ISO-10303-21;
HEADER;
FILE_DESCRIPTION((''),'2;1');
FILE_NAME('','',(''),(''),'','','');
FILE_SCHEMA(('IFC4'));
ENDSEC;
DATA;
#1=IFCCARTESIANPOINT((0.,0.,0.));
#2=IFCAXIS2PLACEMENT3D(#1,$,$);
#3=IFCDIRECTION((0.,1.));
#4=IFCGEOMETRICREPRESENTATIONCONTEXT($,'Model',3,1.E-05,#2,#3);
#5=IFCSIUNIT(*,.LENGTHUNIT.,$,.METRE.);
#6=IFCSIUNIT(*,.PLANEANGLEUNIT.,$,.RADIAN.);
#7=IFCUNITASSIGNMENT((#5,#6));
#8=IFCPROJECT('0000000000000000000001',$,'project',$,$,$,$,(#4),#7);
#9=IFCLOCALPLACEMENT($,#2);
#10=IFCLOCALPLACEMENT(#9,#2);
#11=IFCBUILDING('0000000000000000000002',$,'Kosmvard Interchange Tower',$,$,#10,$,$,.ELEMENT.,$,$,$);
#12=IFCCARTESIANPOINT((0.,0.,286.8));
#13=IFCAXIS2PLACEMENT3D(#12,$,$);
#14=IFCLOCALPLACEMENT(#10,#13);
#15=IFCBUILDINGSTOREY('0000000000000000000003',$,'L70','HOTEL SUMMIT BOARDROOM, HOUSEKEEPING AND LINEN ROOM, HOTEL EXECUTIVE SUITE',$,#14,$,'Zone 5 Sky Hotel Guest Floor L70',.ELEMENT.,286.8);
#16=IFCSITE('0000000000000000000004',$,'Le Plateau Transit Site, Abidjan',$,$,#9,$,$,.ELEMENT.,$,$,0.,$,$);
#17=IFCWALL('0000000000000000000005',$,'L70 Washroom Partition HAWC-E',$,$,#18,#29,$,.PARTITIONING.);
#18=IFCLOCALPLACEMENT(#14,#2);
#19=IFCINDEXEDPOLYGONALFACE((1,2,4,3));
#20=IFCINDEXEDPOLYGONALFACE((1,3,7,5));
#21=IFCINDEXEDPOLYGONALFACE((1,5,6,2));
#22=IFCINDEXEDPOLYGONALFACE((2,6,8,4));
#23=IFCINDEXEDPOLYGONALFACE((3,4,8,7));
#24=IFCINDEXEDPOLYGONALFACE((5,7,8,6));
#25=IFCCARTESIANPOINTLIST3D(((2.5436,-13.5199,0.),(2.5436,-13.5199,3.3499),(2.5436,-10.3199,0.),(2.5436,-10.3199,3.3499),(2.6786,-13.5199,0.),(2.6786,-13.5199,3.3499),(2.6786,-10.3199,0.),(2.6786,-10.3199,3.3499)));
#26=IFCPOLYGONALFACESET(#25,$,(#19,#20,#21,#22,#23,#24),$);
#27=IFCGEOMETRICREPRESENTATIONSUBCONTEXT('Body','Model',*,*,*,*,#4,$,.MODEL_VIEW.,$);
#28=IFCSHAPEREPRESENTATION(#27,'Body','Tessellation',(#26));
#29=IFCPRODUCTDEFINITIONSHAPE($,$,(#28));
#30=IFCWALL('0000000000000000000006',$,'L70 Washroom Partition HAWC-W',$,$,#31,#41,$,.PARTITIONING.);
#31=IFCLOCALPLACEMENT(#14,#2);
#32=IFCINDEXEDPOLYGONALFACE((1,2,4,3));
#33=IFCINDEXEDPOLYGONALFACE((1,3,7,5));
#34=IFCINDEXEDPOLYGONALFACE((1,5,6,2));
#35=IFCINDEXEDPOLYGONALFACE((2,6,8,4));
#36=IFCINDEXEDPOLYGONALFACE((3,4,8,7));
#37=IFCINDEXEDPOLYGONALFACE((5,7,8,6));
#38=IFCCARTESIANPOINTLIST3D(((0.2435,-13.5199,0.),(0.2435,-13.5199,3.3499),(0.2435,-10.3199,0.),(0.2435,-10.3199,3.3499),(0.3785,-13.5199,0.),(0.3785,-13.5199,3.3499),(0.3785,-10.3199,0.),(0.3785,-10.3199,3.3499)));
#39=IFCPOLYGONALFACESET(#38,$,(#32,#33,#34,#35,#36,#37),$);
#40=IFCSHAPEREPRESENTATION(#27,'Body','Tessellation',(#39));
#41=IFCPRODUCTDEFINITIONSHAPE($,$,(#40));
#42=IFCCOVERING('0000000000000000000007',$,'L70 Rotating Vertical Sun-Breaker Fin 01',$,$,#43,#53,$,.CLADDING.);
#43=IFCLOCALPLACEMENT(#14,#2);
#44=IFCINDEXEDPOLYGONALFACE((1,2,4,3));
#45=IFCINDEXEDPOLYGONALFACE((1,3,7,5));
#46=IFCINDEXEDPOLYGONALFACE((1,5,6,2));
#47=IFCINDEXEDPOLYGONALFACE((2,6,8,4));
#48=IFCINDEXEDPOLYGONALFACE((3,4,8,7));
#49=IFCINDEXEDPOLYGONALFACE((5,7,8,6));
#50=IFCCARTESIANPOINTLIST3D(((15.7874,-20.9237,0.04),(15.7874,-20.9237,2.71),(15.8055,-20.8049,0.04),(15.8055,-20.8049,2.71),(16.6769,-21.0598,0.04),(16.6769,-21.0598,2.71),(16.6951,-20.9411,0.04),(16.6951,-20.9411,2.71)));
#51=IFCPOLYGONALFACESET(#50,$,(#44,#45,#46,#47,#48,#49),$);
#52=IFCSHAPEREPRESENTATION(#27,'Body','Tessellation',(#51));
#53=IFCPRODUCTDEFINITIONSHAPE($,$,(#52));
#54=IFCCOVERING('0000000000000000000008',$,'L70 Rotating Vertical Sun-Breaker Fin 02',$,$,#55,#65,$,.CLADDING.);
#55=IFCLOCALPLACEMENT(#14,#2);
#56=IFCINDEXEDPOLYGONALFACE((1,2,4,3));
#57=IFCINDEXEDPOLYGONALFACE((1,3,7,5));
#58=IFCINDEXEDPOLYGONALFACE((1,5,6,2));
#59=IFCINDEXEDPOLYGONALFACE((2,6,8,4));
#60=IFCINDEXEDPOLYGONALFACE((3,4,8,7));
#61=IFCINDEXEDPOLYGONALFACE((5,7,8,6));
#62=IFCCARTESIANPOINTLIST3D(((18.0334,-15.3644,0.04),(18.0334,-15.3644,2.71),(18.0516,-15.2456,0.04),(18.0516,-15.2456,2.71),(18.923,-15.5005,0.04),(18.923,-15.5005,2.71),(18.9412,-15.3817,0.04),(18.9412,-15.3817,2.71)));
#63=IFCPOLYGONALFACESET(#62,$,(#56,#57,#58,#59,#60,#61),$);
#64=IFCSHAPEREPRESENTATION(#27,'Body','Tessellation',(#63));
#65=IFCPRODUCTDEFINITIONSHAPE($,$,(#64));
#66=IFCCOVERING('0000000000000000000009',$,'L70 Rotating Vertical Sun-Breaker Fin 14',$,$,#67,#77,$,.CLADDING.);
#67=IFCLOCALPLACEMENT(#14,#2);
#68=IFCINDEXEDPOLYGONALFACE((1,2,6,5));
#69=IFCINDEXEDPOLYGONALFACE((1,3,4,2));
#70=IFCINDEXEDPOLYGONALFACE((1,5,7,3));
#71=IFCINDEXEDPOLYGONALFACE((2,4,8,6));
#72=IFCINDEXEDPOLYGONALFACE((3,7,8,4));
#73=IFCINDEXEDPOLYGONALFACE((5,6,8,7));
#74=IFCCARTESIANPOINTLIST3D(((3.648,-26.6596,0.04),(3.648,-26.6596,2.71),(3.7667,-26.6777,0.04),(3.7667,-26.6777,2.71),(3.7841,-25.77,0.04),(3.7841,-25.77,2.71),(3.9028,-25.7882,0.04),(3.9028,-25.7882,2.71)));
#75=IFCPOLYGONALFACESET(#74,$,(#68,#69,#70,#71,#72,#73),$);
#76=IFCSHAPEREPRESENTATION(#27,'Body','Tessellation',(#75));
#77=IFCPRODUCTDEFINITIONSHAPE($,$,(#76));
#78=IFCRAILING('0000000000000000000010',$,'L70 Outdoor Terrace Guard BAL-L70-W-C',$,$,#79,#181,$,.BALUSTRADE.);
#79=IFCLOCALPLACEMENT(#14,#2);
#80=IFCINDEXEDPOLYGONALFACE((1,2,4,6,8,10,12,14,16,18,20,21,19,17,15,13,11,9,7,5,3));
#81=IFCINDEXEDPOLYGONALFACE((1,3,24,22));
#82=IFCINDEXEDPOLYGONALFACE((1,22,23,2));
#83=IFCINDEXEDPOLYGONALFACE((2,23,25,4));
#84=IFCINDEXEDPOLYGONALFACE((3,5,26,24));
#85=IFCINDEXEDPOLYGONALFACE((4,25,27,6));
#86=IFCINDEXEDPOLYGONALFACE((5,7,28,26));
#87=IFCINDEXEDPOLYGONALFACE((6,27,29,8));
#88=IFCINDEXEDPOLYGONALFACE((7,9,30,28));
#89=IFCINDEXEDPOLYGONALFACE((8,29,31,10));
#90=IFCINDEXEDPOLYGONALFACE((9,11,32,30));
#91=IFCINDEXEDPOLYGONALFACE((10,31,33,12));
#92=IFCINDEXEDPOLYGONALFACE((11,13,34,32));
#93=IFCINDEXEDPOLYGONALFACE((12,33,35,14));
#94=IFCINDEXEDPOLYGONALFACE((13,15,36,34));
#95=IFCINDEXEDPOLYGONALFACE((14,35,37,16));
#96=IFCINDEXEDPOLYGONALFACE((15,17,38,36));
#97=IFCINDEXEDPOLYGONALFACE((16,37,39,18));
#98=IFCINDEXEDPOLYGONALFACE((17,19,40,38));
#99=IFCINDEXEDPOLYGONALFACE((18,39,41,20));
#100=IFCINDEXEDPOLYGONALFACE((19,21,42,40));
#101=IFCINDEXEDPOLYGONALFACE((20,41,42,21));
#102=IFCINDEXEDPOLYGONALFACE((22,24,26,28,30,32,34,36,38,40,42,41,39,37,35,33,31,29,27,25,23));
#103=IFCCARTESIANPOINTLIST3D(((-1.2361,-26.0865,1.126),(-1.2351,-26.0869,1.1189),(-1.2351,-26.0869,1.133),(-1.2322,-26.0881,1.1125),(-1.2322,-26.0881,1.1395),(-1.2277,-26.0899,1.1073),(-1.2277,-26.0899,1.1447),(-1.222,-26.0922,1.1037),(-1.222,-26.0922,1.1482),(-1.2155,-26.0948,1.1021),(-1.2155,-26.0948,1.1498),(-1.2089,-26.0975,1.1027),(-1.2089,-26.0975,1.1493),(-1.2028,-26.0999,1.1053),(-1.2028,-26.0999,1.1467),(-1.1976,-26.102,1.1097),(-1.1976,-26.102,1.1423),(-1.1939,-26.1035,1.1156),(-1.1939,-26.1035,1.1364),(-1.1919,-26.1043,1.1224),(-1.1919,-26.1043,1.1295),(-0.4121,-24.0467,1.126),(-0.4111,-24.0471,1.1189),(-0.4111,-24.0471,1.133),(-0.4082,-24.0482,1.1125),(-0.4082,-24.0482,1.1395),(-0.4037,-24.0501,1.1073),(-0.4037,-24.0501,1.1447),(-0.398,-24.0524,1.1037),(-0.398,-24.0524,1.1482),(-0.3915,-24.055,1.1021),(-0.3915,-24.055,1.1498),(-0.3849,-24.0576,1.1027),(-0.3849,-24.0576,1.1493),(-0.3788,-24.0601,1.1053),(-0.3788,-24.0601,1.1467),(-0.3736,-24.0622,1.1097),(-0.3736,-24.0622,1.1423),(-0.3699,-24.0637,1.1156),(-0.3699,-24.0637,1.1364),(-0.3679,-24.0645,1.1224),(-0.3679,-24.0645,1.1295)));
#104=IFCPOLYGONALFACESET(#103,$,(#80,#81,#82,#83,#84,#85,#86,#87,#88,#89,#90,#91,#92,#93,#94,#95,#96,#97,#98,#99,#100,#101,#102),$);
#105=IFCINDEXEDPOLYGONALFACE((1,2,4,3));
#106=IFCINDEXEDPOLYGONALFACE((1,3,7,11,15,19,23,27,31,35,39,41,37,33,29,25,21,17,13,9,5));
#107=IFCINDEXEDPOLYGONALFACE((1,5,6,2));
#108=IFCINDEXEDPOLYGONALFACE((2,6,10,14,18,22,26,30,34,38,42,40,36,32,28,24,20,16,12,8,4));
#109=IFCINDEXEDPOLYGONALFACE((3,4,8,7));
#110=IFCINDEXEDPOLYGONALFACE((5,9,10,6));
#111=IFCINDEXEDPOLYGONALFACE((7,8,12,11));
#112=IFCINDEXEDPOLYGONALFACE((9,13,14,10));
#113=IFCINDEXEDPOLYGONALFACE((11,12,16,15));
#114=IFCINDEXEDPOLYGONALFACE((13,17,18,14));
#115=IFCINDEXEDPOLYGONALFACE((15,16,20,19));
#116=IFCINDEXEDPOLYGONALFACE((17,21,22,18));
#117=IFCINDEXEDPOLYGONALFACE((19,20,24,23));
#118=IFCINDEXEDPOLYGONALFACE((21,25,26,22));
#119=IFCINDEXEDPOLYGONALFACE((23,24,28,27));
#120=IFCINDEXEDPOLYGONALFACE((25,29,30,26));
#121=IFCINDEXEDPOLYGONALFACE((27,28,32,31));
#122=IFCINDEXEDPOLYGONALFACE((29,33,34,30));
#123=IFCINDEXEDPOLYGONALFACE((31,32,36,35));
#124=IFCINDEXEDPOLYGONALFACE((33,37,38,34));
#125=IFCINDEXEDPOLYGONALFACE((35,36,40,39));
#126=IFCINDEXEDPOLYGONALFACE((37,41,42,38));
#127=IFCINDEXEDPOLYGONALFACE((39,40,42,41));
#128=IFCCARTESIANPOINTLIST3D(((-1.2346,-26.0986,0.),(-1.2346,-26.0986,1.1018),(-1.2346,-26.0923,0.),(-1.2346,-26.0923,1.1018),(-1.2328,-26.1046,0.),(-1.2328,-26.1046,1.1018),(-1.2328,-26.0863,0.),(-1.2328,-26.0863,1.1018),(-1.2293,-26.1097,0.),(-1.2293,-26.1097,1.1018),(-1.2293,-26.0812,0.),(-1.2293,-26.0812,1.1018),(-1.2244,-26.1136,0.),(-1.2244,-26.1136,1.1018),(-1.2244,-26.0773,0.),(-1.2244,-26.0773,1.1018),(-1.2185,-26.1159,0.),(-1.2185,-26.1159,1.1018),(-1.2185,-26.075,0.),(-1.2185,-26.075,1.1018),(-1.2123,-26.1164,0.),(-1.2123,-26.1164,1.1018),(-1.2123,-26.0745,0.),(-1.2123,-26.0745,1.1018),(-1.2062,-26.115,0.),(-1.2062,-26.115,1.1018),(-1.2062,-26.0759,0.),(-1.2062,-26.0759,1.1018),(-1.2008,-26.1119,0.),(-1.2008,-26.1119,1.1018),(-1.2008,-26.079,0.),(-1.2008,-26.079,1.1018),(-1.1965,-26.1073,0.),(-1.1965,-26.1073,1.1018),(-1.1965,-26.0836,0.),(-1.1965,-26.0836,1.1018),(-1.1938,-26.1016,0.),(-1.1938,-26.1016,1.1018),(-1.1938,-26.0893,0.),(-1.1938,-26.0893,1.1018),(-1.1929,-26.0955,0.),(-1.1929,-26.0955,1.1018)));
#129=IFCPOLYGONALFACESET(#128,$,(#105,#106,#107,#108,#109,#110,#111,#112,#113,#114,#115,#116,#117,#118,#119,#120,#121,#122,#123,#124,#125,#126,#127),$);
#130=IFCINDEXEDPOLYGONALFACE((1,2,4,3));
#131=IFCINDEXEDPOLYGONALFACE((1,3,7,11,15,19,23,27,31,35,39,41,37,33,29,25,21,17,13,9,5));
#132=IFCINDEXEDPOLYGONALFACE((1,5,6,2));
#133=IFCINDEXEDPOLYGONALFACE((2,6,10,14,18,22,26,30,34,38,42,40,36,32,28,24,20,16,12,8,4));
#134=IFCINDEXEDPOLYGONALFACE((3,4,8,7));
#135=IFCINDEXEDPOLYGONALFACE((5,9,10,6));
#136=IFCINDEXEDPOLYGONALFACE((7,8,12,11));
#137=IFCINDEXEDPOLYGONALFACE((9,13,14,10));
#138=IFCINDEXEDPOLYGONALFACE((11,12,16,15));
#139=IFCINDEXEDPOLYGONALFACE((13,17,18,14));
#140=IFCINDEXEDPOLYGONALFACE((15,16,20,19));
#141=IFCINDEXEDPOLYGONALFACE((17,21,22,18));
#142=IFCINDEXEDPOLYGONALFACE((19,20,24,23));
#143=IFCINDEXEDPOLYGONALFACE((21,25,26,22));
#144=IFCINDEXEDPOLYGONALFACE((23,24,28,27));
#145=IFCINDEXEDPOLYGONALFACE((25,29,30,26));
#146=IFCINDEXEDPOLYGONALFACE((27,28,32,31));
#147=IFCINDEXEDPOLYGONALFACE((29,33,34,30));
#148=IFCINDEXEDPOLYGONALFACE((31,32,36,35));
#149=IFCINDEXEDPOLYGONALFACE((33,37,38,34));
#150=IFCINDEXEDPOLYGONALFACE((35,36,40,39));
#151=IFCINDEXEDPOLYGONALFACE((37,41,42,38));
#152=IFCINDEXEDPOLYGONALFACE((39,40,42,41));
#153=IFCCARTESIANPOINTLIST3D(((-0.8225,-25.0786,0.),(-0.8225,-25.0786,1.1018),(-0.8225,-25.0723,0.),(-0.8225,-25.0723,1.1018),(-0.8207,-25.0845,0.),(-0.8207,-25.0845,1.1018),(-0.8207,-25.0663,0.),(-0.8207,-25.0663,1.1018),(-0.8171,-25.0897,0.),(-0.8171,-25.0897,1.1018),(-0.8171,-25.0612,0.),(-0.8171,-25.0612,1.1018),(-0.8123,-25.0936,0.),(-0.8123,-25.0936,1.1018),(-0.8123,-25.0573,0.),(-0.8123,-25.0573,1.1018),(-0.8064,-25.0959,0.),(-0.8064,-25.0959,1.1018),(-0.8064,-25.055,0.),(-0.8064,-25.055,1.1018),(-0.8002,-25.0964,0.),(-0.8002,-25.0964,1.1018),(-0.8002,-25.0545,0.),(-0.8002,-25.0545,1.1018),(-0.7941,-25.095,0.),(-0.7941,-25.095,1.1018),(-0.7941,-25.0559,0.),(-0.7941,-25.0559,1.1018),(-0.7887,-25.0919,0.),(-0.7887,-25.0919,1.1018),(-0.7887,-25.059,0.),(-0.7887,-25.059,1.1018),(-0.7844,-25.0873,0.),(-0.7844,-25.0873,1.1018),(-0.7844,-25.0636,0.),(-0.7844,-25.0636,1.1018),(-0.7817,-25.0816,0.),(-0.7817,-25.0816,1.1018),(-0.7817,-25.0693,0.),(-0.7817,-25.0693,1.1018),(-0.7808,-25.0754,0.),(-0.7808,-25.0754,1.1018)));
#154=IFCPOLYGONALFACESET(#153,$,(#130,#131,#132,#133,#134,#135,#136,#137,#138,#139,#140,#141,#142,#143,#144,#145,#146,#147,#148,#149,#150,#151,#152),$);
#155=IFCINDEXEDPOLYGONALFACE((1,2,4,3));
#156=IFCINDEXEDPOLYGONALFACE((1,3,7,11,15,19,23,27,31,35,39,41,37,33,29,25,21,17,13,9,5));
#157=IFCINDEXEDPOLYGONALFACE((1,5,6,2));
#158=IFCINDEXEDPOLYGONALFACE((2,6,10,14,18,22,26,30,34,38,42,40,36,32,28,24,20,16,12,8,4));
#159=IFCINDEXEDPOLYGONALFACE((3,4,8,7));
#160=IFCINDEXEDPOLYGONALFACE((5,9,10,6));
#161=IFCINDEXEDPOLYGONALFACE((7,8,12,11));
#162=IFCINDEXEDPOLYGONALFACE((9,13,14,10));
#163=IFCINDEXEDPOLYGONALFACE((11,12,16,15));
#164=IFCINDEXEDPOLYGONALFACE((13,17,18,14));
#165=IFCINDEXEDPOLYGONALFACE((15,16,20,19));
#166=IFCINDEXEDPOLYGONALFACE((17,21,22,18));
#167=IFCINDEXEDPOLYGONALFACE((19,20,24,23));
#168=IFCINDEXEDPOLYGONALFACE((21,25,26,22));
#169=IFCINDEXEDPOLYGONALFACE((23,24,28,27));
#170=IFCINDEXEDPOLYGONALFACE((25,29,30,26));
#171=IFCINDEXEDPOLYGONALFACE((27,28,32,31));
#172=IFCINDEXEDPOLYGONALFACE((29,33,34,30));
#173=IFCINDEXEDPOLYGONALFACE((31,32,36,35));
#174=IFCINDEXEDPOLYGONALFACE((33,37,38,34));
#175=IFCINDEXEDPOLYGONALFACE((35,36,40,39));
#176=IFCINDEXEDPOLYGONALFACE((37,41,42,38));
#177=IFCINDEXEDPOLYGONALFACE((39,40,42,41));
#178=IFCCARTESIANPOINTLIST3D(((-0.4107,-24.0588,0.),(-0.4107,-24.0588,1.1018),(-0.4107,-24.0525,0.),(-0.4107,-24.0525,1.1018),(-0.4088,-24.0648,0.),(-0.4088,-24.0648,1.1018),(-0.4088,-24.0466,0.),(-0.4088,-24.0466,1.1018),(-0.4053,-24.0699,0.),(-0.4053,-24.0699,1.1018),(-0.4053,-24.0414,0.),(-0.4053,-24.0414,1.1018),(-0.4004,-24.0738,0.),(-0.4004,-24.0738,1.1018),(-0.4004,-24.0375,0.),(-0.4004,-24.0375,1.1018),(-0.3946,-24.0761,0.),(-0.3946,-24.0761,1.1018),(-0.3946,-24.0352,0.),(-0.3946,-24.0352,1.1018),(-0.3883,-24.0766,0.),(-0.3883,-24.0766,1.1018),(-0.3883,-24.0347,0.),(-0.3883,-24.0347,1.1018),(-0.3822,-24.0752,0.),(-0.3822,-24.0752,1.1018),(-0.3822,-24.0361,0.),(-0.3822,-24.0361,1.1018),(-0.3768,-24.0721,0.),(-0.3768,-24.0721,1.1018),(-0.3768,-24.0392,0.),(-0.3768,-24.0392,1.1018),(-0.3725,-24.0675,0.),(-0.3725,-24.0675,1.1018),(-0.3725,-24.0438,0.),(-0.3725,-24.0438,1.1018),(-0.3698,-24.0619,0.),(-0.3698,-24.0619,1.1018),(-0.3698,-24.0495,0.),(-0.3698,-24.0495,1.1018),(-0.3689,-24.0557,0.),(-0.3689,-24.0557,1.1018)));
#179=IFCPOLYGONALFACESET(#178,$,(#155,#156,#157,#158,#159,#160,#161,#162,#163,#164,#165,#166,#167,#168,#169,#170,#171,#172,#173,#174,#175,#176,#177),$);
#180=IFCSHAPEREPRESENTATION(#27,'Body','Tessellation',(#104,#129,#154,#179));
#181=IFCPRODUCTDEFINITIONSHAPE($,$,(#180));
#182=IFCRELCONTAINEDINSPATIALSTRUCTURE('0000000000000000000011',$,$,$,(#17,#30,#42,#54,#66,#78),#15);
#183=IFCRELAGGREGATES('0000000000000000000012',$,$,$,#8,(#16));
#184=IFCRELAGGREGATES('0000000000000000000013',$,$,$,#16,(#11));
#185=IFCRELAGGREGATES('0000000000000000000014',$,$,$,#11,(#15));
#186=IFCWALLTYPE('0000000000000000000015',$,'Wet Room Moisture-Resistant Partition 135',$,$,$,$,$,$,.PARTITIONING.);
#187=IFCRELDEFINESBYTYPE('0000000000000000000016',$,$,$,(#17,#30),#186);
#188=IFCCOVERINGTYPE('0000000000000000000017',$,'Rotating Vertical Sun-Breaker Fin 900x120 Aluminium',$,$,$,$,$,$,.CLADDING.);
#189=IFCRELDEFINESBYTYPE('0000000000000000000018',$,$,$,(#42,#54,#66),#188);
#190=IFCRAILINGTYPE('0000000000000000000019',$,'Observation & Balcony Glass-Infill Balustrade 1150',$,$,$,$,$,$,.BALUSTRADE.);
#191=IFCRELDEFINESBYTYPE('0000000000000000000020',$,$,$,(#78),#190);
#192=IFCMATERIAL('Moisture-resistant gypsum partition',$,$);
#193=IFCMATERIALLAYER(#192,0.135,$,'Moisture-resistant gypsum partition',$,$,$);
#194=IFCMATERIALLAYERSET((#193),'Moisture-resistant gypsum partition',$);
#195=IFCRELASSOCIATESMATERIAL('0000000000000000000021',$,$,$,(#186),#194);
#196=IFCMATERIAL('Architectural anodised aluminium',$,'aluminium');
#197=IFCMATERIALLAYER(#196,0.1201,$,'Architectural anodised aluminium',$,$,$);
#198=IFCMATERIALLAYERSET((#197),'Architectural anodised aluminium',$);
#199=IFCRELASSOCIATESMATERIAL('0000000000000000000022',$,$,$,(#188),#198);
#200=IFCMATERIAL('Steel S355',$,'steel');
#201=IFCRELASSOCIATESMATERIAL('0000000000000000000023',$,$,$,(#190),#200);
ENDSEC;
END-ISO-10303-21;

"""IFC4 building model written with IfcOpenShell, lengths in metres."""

from ifc_helpers import new_model, si_unit, direction, frame, frame_2d, origin, origin_2d, place, context, subcontext, project, spatial, rectangle, circle, extrude, source, transform, mapped, material, layer, layer_set, type_object, element, save


model = new_model("IFC4")

# Units and contexts
model_context = context("Model", 3, precision=1e-05, world=origin(), true_north=direction((0.0, 1.0)))
body_context = subcontext(model_context, "Body", "Model", "MODEL_VIEW")
ifc_project = project(units=[si_unit("LENGTHUNIT", "METRE"), si_unit("PLANEANGLEUNIT", "RADIAN")], contexts=[model_context])

# Site, building, storey
site_placement = place(None, origin())
site = spatial("IfcSite", under=ifc_project, at=site_placement, Name="Le Plateau Transit Site, Abidjan", CompositionType="ELEMENT", RefElevation=0.0)
building_placement = place(site_placement, origin())
building = spatial("IfcBuilding", under=site, at=building_placement, Name="Kosmvard Interchange Tower", CompositionType="ELEMENT")
storey_placement = place(building_placement, frame((0.0, 0.0, 286.8)))
storey = spatial("IfcBuildingStorey", under=building, at=storey_placement, Name="L70", Description="HOTEL SUMMIT BOARDROOM, HOUSEKEEPING AND LINEN ROOM, HOTEL EXECUTIVE SUITE", LongName="Zone 5 Sky Hotel Guest Floor L70", CompositionType="ELEMENT", Elevation=286.8)

# Shared definitions
ifc_material_1 = material(Name="Steel S355", Category="steel")

# Walls
ifc_material_2 = material(Name="Moisture-resistant gypsum partition")
ifc_layer_1 = layer(ifc_material_2, 0.135, Name="Moisture-resistant gypsum partition")
ifc_layer_set_1 = layer_set([ifc_layer_1], Name="Moisture-resistant gypsum partition")
wall_type_1 = type_object("IfcWallType", Name="Wet Room Moisture-Resistant Partition 135", PredefinedType="PARTITIONING", material=ifc_layer_set_1)
for number, where, z_axis, x_axis, name in (
    (1, (2.6111, -13.52, 0.0), (0.0, 0.0, 1.0), (0.0, 1.0, 0.0), "L70 Washroom Partition HAWC-E"),
    (2, (0.311, -13.52, 0.0), (0.0, 0.0, 1.0), (0.0, 1.0, 0.0), "L70 Washroom Partition HAWC-W"),
):
    element("IfcWall", number, at=place(storey_placement, frame(where, z_axis=z_axis, x_axis=x_axis)), inside=storey, type_object=wall_type_1, Name=name, PredefinedType="PARTITIONING", context=body_context, shape_type="SweptSolid", body=[
        extrude(rectangle(XDim=3.2, YDim=0.135, at=frame_2d((1.6001, 0.0))), origin(), (0.0, 0.0, 1.0), 3.3499),
    ])

# Coverings
ifc_material_3 = material(Name="Architectural anodised aluminium", Category="aluminium")
ifc_layer_2 = layer(ifc_material_3, 0.1201, Name="Architectural anodised aluminium")
ifc_layer_set_2 = layer_set([ifc_layer_2], Name="Architectural anodised aluminium")
covering_type = type_object("IfcCoveringType", Name="Rotating Vertical Sun-Breaker Fin 900x120 Aluminium", PredefinedType="CLADDING", material=ifc_layer_set_2)
shared_shape_1 = source(origin(), body_context, "Body", "SweptSolid", [
    extrude(rectangle(XDim=0.8999, YDim=0.1201, at=origin_2d()), origin(), (0.0, 0.0, 1.0), 2.6699),
])
for number, where, z_axis, x_axis, name in (
    (3, (16.2412, -20.9324, 0.04), (0.0, 0.0, 1.0), (0.988494, -0.151261, 0.0), "L70 Rotating Vertical Sun-Breaker Fin 01"),
    (4, (18.4873, -15.373, 0.04), (0.0, 0.0, 1.0), (0.988494, -0.151261, 0.0), "L70 Rotating Vertical Sun-Breaker Fin 02"),
    (5, (3.7754, -26.2239, 0.04), (0.0, 0.0, 1.0), (-0.151261, -0.988494, 0.0), "L70 Rotating Vertical Sun-Breaker Fin 14"),
):
    element("IfcCovering", number, at=place(storey_placement, frame(where, z_axis=z_axis, x_axis=x_axis)), inside=storey, type_object=covering_type, Name=name, PredefinedType="CLADDING", context=body_context, shape_type="MappedRepresentation", body=[
        mapped(shared_shape_1, transform((0.0, 0.0, 0.0), scale=1.0)),
    ])

# Railing
railing_type = type_object("IfcRailingType", Name="Observation & Balcony Glass-Infill Balustrade 1150", PredefinedType="BALUSTRADE", material=ifc_material_1)
shared_shape_2 = source(origin(), body_context, "Body", "SweptSolid", [
    extrude(circle(Radius=0.0239, at=origin_2d()), frame((0.0, 0.0, 1.126), z_axis=(0.374546, 0.927208, 0.0), x_axis=(-0.927208, 0.374546, 0.0)), (0.0, 0.0, 1.0), 2.2),
    extrude(circle(Radius=0.021, at=origin_2d()), origin(), (0.0, 0.0, 1.0), 1.1018),
    extrude(circle(Radius=0.021, at=origin_2d()), frame((0.4121, 1.02, 0.0)), (0.0, 0.0, 1.0), 1.1018),
    extrude(circle(Radius=0.021, at=origin_2d()), frame((0.824, 2.0398, 0.0)), (0.0, 0.0, 1.0), 1.1018),
])
railing_placement = place(storey_placement, frame((-1.2139, -26.0955, 0.0)))
element("IfcRailing", 6, at=railing_placement, inside=storey, type_object=railing_type, Name="L70 Outdoor Terrace Guard BAL-L70-W-C", PredefinedType="BALUSTRADE", context=body_context, shape_type="MappedRepresentation", body=[
    mapped(shared_shape_2, transform((0.0, 0.0, 0.0), scale=1.0)),
])

save(model, "model.ifc")
